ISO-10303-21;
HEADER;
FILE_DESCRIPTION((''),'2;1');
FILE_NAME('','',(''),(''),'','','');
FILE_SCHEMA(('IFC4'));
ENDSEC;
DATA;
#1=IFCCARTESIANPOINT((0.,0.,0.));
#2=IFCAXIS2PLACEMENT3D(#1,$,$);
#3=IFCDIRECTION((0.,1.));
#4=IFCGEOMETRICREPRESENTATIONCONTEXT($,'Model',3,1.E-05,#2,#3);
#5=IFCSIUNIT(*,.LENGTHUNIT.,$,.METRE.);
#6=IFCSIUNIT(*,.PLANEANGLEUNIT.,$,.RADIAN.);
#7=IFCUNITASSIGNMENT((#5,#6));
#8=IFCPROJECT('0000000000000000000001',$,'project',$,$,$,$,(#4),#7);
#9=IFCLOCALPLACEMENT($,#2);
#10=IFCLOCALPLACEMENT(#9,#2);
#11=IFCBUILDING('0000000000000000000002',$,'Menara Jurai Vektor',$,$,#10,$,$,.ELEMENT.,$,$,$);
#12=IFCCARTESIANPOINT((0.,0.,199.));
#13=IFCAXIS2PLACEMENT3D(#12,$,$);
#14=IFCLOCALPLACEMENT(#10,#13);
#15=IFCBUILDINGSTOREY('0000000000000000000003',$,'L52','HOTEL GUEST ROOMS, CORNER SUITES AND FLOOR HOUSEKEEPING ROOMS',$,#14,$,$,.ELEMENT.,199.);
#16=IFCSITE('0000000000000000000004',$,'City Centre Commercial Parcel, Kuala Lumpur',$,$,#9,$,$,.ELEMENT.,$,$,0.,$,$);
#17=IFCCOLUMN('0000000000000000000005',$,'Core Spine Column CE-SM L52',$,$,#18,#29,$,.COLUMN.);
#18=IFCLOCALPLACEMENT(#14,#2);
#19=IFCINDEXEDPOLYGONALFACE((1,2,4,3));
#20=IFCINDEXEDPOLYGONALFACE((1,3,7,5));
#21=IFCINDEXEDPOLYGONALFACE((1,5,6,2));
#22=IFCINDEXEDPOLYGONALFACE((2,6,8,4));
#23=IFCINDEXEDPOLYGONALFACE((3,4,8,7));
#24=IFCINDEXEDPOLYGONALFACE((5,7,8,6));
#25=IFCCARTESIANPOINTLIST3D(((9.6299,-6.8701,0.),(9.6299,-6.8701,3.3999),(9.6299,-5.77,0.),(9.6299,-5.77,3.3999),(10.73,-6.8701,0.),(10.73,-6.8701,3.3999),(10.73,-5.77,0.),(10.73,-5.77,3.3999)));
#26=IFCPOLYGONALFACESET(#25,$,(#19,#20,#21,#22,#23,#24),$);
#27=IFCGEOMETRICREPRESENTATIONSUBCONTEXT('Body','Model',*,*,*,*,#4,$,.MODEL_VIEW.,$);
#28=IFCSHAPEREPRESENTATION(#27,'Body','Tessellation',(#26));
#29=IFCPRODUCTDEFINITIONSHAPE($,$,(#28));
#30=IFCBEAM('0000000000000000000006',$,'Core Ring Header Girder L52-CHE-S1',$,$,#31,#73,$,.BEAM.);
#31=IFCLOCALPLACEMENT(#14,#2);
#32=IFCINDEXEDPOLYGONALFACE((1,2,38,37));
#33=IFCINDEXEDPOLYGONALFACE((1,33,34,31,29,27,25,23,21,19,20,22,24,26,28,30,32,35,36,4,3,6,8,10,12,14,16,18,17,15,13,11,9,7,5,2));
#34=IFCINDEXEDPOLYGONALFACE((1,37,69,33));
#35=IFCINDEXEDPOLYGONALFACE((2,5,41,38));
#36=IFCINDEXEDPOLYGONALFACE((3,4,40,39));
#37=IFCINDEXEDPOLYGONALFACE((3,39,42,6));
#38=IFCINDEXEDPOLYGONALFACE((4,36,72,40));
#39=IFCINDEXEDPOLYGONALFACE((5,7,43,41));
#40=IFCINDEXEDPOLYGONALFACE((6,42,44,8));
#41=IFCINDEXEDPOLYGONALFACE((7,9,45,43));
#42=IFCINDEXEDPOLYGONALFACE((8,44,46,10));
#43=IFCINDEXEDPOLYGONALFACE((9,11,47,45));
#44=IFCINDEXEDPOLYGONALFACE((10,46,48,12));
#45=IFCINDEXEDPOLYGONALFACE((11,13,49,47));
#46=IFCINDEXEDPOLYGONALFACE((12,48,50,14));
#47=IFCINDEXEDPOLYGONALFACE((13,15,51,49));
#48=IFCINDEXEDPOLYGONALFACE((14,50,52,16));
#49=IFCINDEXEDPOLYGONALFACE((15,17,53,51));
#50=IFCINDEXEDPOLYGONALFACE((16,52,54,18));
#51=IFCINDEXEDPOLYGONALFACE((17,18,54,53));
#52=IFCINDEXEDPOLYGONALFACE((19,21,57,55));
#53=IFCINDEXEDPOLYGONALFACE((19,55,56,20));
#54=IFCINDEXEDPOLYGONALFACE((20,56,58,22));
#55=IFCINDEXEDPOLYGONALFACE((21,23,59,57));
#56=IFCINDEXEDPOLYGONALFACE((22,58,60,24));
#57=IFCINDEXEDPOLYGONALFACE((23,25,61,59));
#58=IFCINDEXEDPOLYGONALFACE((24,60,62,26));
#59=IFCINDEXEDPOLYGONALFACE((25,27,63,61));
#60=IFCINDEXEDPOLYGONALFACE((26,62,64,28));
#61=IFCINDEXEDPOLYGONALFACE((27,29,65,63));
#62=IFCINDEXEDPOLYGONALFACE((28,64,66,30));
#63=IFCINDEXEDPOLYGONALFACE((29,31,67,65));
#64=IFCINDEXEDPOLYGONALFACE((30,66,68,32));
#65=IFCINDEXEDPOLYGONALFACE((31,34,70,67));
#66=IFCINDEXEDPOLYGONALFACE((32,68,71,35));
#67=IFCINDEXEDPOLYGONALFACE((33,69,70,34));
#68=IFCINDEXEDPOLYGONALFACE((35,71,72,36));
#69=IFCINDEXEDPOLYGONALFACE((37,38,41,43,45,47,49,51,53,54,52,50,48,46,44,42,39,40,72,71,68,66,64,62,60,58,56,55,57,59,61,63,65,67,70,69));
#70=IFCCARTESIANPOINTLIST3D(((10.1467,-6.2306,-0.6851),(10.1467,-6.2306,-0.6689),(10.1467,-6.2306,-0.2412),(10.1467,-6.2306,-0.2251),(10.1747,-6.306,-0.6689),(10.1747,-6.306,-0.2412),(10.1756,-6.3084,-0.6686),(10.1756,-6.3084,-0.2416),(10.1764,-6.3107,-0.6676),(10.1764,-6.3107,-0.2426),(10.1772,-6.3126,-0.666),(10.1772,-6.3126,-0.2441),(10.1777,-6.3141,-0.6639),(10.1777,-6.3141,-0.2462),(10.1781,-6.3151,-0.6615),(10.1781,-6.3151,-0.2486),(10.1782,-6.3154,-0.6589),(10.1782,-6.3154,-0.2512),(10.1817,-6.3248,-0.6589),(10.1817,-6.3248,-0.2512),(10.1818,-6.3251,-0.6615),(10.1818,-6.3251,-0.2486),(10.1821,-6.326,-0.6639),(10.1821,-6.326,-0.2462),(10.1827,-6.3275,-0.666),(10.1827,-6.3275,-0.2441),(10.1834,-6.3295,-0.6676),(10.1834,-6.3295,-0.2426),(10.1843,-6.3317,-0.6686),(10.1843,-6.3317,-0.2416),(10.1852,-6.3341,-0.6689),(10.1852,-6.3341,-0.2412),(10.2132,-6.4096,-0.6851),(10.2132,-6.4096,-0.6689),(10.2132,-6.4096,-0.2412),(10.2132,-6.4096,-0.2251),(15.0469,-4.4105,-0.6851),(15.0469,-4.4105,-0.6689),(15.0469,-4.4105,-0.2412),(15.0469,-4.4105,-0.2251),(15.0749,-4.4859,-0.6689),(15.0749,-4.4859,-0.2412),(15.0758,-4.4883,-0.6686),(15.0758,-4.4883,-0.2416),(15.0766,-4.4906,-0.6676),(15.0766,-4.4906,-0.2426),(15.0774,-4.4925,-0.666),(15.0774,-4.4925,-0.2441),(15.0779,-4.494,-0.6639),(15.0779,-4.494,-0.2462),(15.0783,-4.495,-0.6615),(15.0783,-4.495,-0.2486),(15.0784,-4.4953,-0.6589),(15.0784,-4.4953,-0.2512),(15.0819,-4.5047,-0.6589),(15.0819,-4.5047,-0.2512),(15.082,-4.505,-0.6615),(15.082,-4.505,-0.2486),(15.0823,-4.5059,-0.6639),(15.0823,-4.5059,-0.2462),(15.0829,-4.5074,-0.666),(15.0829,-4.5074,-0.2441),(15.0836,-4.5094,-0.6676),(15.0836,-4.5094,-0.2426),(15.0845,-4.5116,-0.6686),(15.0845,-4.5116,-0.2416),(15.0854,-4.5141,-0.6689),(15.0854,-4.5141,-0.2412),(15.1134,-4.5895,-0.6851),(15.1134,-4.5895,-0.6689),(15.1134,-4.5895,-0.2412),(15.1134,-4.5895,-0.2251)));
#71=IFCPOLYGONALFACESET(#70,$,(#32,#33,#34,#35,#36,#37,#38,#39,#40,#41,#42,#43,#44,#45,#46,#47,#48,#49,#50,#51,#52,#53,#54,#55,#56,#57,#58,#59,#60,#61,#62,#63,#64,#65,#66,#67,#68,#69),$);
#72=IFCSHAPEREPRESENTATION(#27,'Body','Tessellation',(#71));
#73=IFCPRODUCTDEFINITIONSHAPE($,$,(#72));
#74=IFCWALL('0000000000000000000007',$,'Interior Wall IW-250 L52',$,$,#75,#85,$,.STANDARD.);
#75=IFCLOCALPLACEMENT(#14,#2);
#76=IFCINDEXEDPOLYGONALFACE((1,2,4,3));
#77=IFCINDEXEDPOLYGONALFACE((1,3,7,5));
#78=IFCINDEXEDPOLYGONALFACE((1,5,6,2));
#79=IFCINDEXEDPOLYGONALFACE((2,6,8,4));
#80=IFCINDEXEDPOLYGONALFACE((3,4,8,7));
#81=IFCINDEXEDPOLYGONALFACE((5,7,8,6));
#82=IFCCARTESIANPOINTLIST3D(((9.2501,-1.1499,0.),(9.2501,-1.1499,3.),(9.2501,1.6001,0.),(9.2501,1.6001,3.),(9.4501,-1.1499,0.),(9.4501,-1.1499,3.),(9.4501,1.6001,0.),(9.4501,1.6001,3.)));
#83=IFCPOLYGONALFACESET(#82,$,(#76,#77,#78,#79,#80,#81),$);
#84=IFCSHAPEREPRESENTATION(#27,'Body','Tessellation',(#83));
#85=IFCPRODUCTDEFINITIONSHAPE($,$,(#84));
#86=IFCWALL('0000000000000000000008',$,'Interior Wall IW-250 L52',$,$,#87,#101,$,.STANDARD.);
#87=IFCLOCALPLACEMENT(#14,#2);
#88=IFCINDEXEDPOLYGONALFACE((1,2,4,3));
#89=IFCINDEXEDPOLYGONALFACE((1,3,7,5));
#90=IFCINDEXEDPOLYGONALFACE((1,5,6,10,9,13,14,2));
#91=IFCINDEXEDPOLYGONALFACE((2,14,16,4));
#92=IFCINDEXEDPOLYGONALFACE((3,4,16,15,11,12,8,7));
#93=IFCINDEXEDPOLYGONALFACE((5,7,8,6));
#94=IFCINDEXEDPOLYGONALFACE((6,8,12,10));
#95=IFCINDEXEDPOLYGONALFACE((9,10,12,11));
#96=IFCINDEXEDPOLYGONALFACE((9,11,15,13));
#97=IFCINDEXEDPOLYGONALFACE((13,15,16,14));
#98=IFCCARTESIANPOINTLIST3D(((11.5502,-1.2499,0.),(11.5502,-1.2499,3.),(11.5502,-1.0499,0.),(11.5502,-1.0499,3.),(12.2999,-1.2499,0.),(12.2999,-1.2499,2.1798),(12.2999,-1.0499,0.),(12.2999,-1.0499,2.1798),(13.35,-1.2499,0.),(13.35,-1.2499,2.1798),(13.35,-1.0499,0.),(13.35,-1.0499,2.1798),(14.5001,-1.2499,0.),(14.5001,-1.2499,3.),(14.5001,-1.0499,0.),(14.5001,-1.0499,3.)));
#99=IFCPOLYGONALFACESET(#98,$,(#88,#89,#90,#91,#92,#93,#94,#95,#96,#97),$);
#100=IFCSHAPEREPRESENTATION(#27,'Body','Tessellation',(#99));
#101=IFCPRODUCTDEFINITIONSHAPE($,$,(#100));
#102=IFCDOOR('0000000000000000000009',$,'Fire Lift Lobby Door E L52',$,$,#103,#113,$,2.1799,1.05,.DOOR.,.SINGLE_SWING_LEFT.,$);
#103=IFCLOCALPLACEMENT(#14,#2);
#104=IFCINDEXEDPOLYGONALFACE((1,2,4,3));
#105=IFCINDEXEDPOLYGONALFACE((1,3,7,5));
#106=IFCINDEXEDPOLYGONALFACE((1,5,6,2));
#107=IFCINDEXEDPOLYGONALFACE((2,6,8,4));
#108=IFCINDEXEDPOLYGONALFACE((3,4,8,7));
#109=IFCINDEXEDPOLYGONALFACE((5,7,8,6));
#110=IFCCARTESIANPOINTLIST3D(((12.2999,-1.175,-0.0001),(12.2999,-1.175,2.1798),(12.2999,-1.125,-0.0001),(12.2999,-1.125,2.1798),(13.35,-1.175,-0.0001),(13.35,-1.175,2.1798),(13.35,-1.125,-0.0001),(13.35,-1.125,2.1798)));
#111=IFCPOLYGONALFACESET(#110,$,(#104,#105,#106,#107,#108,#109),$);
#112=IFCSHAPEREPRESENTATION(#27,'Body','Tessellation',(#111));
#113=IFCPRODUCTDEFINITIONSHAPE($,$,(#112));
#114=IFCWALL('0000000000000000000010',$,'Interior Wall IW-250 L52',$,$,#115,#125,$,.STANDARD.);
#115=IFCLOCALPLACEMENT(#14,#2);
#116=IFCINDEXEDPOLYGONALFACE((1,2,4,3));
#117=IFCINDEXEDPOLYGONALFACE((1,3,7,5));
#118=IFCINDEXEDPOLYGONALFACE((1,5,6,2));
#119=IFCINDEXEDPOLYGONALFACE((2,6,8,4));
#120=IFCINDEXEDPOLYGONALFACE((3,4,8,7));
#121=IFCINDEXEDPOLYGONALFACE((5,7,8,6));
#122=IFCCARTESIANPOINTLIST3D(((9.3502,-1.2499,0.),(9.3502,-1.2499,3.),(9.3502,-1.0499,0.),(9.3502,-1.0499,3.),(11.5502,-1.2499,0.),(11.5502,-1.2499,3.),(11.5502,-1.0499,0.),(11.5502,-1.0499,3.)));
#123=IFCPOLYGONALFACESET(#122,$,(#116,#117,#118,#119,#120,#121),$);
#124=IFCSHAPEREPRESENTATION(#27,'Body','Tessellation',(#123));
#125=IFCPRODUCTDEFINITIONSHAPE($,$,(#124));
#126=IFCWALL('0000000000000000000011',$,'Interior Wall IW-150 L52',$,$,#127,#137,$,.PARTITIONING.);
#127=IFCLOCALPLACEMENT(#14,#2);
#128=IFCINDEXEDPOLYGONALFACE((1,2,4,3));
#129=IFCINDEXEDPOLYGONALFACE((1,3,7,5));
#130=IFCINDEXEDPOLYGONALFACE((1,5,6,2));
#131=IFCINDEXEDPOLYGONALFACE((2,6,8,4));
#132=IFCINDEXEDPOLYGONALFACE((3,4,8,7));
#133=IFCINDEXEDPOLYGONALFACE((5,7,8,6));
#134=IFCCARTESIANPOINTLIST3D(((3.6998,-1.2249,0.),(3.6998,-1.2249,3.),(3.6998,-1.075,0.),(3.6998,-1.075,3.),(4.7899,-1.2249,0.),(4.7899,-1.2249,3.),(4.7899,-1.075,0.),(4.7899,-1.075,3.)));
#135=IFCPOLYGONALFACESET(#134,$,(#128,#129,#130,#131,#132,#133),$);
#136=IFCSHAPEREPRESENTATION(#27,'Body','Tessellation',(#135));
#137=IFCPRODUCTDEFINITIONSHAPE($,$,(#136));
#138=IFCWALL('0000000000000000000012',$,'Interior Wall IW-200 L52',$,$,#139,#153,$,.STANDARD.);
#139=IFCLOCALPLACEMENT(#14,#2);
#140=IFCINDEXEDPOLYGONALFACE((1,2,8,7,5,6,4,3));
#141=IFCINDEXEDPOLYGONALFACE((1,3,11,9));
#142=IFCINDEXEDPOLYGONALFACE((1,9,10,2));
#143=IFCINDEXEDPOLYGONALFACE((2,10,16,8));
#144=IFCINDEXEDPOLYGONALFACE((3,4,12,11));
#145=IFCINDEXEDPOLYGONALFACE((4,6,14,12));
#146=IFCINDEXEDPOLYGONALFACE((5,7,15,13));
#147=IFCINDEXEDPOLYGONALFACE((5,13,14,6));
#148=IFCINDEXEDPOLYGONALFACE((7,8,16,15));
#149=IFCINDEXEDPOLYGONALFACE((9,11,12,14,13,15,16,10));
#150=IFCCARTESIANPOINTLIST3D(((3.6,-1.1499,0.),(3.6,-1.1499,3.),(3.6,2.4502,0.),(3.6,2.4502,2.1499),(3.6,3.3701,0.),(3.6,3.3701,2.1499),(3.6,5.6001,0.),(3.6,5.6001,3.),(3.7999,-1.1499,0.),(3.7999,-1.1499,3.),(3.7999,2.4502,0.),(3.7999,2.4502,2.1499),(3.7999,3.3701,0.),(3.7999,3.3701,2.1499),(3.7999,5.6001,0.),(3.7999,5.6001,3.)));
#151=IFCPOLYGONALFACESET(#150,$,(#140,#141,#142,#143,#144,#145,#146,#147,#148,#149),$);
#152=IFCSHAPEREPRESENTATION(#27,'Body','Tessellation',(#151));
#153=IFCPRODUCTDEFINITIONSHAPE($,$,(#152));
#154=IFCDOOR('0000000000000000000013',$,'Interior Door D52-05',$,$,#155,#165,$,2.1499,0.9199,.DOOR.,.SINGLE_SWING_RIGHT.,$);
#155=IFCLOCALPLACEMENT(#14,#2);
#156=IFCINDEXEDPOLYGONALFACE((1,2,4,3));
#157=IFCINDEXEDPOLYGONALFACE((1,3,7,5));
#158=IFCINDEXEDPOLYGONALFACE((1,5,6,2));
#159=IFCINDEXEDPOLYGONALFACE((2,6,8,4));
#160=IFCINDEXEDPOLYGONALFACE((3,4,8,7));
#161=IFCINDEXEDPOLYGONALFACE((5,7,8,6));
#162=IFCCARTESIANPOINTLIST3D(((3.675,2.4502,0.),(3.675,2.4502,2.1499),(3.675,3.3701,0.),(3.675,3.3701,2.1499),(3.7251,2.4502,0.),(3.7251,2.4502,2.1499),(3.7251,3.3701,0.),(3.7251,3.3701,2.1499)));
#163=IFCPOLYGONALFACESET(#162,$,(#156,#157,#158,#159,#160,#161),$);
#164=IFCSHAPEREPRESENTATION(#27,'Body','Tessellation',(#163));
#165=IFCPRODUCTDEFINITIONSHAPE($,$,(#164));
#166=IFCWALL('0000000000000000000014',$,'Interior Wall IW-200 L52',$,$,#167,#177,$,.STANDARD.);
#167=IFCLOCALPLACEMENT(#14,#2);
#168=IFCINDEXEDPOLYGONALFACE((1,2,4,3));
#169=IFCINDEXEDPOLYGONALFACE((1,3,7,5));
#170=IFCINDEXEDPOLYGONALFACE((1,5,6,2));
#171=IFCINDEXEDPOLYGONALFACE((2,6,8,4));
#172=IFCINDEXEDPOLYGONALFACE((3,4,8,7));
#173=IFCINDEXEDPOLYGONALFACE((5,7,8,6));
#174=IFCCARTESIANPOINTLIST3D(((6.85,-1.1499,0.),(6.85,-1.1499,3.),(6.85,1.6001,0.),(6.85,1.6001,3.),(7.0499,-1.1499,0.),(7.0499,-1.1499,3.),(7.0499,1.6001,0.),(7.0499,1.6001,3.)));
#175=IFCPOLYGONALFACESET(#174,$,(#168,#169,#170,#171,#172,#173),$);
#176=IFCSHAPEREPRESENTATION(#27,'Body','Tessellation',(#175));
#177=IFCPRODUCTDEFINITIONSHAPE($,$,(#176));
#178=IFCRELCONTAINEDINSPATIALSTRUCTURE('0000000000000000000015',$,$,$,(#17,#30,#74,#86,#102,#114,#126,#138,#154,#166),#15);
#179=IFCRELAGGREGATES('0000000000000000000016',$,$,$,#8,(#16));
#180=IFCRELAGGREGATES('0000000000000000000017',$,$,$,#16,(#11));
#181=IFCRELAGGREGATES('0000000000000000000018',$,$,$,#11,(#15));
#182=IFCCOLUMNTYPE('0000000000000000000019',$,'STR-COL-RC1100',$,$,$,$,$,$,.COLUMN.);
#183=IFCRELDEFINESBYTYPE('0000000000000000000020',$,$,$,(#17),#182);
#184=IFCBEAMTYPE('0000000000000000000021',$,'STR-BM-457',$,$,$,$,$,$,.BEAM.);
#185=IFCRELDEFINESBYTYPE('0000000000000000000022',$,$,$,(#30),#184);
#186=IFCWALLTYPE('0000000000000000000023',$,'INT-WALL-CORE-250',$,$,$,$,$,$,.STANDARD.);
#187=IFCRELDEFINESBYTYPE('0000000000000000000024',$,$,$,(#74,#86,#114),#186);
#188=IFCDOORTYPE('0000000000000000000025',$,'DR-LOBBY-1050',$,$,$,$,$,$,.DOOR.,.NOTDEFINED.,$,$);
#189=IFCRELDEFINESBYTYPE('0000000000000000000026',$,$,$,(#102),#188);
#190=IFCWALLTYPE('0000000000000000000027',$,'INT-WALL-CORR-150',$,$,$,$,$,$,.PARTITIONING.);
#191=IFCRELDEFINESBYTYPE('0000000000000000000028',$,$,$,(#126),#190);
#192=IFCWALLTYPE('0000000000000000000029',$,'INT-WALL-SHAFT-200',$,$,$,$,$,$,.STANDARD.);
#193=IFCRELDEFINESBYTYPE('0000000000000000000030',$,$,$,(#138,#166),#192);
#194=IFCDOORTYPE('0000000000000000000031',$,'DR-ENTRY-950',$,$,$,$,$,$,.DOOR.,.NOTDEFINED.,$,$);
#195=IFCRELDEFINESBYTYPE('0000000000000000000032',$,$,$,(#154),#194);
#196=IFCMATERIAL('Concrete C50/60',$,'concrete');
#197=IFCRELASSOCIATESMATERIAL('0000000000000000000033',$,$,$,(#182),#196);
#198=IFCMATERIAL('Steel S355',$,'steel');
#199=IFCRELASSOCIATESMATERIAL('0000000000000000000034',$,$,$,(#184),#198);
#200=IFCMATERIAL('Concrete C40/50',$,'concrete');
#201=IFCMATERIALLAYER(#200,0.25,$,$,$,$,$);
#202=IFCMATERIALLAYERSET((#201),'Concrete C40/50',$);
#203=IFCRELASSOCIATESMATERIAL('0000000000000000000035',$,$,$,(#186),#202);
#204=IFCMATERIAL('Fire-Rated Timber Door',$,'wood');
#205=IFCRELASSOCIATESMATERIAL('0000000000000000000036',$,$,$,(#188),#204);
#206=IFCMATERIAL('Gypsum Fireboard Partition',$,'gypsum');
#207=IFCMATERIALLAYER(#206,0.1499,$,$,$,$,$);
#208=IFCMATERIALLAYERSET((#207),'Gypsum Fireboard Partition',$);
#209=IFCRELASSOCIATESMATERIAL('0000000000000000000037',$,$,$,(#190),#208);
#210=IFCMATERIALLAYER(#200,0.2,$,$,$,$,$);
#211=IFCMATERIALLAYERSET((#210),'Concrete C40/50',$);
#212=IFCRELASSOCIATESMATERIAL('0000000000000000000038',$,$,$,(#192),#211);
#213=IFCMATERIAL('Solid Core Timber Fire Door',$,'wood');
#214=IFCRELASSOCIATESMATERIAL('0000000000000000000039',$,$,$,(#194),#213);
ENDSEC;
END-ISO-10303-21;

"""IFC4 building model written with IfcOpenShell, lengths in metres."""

from ifc_helpers import new_model, si_unit, direction, frame, frame_2d, origin, origin_2d, place, context, subcontext, project, spatial, rectangle, i_section, extrude, material, layer, layer_set, material_profile, profile_set, type_object, element, fill, save


model = new_model("IFC4")

# Units and contexts
model_context = context("Model", 3, precision=1e-05, world=origin(), true_north=direction((0.0, 1.0)))
body_context = subcontext(model_context, "Body", "Model", "MODEL_VIEW")
ifc_project = project(units=[si_unit("LENGTHUNIT", "METRE"), si_unit("PLANEANGLEUNIT", "RADIAN")], contexts=[model_context])

# Site, building, storey
site_placement = place(None, origin())
site = spatial("IfcSite", under=ifc_project, at=site_placement, Name="City Centre Commercial Parcel, Kuala Lumpur", CompositionType="ELEMENT", RefElevation=0.0)
building_placement = place(site_placement, origin())
building = spatial("IfcBuilding", under=site, at=building_placement, Name="Menara Jurai Vektor", CompositionType="ELEMENT")
storey_placement = place(building_placement, frame((0.0, 0.0, 199.0)))
storey = spatial("IfcBuildingStorey", under=building, at=storey_placement, Name="L52", Description="HOTEL GUEST ROOMS, CORNER SUITES AND FLOOR HOUSEKEEPING ROOMS", CompositionType="ELEMENT", Elevation=199.0)

# Column
ifc_material_1 = material(Name="Concrete C50/60", Category="concrete")
ifc_material_profile_1 = material_profile(ifc_material_1, rectangle(XDim=1.1001, YDim=1.1001, at=origin_2d()), Name="RC 1100x1100")
ifc_profile_set_1 = profile_set([ifc_material_profile_1], Name="Concrete C50/60")
column_type = type_object("IfcColumnType", Name="STR-COL-RC1100", PredefinedType="COLUMN", material=ifc_profile_set_1)
column_placement = place(storey_placement, frame((10.1799, -6.3201, 0.0), z_axis=(0.0, 0.0, 1.0), x_axis=(1.0, 0.0, 0.0)))
element("IfcColumn", 1, at=column_placement, inside=storey, type_object=column_type, Name="Core Spine Column CE-SM L52", PredefinedType="COLUMN", context=body_context, shape_type="SweptSolid", body=[
    extrude(rectangle(XDim=1.1001, YDim=1.1001, at=origin_2d()), origin(), (0.0, 0.0, 1.0), 3.3999),
])

# Beam
ifc_material_2 = material(Name="Steel S355", Category="steel")
ifc_material_profile_2 = material_profile(ifc_material_2, i_section(OverallWidth=0.1909, OverallDepth=0.46, WebThickness=0.01, FlangeThickness=0.0161, FilletRadius=0.01, at=origin_2d()), Name="UKB 457x191x82")
ifc_profile_set_2 = profile_set([ifc_material_profile_2], Name="Steel S355")
beam_type = type_object("IfcBeamType", Name="STR-BM-457", PredefinedType="BEAM", material=ifc_profile_set_2)
beam_placement = place(storey_placement, frame((10.1799, -6.3201, -0.4551), z_axis=(0.937424, 0.348189, 0.0), x_axis=(-0.348189, 0.937424, 0.0)))
element("IfcBeam", 2, at=beam_placement, inside=storey, type_object=beam_type, Name="Core Ring Header Girder L52-CHE-S1", PredefinedType="BEAM", context=body_context, shape_type="SweptSolid", body=[
    extrude(i_section(OverallWidth=0.1909, OverallDepth=0.46, WebThickness=0.01, FlangeThickness=0.0161, FilletRadius=0.01, at=origin_2d()), origin(), (0.0, 0.0, 1.0), 5.2273),
])

# Shared definitions
ifc_material_3 = material(Name="Concrete C40/50", Category="concrete")
ifc_layer_1 = layer(ifc_material_3, 0.25)
ifc_layer_set_1 = layer_set([ifc_layer_1], Name="Concrete C40/50")
wall_type_1 = type_object("IfcWallType", Name="INT-WALL-CORE-250", PredefinedType="STANDARD", material=ifc_layer_set_1)

# Wall
wall_1_placement = place(storey_placement, frame((9.3501, -1.1499, 0.0), z_axis=(0.0, 0.0, 1.0), x_axis=(0.0, 1.0, 0.0)))
element("IfcWall", 3, at=wall_1_placement, inside=storey, type_object=wall_type_1, Name="Interior Wall IW-250 L52", PredefinedType="STANDARD", context=body_context, shape_type="SweptSolid", body=[
    extrude(rectangle(XDim=2.75, YDim=0.2, at=frame_2d((1.375, 0.0))), origin(), (0.0, 0.0, 1.0), 3.0),
])

# Wall, opening, door
wall_2_placement = place(storey_placement, frame((11.55, -1.1499, 0.0), z_axis=(0.0, 0.0, 1.0), x_axis=(1.0, 0.0, 0.0)))
wall_2 = element("IfcWall", 4, at=wall_2_placement, inside=storey, type_object=wall_type_1, Name="Interior Wall IW-250 L52", PredefinedType="STANDARD", context=body_context, shape_type="SweptSolid", body=[
    extrude(rectangle(XDim=2.95, YDim=0.2, at=frame_2d((1.4751, 0.0))), origin(), (0.0, 0.0, 1.0), 3.0),
])
opening_1_placement = place(wall_2_placement, frame((0.75, 0.0, 0.0)))
opening_1 = element("IfcOpeningElement", 5, at=opening_1_placement, cuts=wall_2, PredefinedType="OPENING", context=body_context, shape_type="SweptSolid", body=[
    extrude(rectangle(XDim=1.05, YDim=2.1799, at=frame_2d((0.5249, 1.0898))), frame((0.0, 0.1099, 0.0), z_axis=(0.0, -1.0, 0.0), x_axis=(1.0, 0.0, 0.0)), (0.0, 0.0, 1.0), 0.22),
])
ifc_material_4 = material(Name="Fire-Rated Timber Door", Category="wood")
door_type_1 = type_object("IfcDoorType", Name="DR-LOBBY-1050", OperationType="NOTDEFINED", PredefinedType="DOOR", material=ifc_material_4)
door_1_placement = place(opening_1_placement, origin())
door_1 = element("IfcDoor", 6, at=door_1_placement, inside=storey, type_object=door_type_1, Name="Fire Lift Lobby Door E L52", OperationType="SINGLE_SWING_LEFT", OverallHeight=2.1799, OverallWidth=1.05, PredefinedType="DOOR", context=body_context, shape_type="SweptSolid", body=[
    extrude(rectangle(XDim=1.05, YDim=2.1799, at=frame_2d((0.5249, 1.0898))), frame((0.0, 0.0249, 0.0), z_axis=(0.0, -1.0, 0.0), x_axis=(1.0, 0.0, 0.0)), (0.0, 0.0, 1.0), 0.05),
])
fill(opening_1, door_1)

# Walls
wall_3_placement = place(storey_placement, frame((9.3501, -1.1499, 0.0), z_axis=(0.0, 0.0, 1.0), x_axis=(1.0, 0.0, 0.0)))
element("IfcWall", 7, at=wall_3_placement, inside=storey, type_object=wall_type_1, Name="Interior Wall IW-250 L52", PredefinedType="STANDARD", context=body_context, shape_type="SweptSolid", body=[
    extrude(rectangle(XDim=2.2, YDim=0.2, at=frame_2d((1.1001, 0.0))), origin(), (0.0, 0.0, 1.0), 3.0),
])
ifc_material_5 = material(Name="Gypsum Fireboard Partition", Category="gypsum")
ifc_layer_2 = layer(ifc_material_5, 0.1499)
ifc_layer_set_2 = layer_set([ifc_layer_2], Name="Gypsum Fireboard Partition")
wall_type_2 = type_object("IfcWallType", Name="INT-WALL-CORR-150", PredefinedType="PARTITIONING", material=ifc_layer_set_2)
wall_4_placement = place(storey_placement, frame((3.7, -1.1499, 0.0), z_axis=(0.0, 0.0, 1.0), x_axis=(1.0, 0.0, 0.0)))
element("IfcWall", 8, at=wall_4_placement, inside=storey, type_object=wall_type_2, Name="Interior Wall IW-150 L52", PredefinedType="PARTITIONING", context=body_context, shape_type="SweptSolid", body=[
    extrude(rectangle(XDim=1.0901, YDim=0.1499, at=frame_2d((0.5449, 0.0))), origin(), (0.0, 0.0, 1.0), 3.0),
])

# Wall, opening, door
ifc_layer_3 = layer(ifc_material_3, 0.2)
ifc_layer_set_3 = layer_set([ifc_layer_3], Name="Concrete C40/50")
wall_type_3 = type_object("IfcWallType", Name="INT-WALL-SHAFT-200", PredefinedType="STANDARD", material=ifc_layer_set_3)
wall_5_placement = place(storey_placement, frame((3.7, -1.1499, 0.0), z_axis=(0.0, 0.0, 1.0), x_axis=(0.0, 1.0, 0.0)))
wall_5 = element("IfcWall", 9, at=wall_5_placement, inside=storey, type_object=wall_type_3, Name="Interior Wall IW-200 L52", PredefinedType="STANDARD", context=body_context, shape_type="SweptSolid", body=[
    extrude(rectangle(XDim=6.75, YDim=0.2, at=frame_2d((3.375, 0.0))), origin(), (0.0, 0.0, 1.0), 3.0),
])
opening_2_placement = place(wall_5_placement, frame((3.6001, 0.0, 0.0)))
opening_2 = element("IfcOpeningElement", 10, at=opening_2_placement, cuts=wall_5, PredefinedType="OPENING", context=body_context, shape_type="SweptSolid", body=[
    extrude(rectangle(XDim=0.9199, YDim=2.1499, at=frame_2d((0.46, 1.075))), frame((0.0, 0.1099, 0.0), z_axis=(0.0, -1.0, 0.0), x_axis=(1.0, 0.0, 0.0)), (0.0, 0.0, 1.0), 0.22),
])
ifc_material_6 = material(Name="Solid Core Timber Fire Door", Category="wood")
door_type_2 = type_object("IfcDoorType", Name="DR-ENTRY-950", OperationType="NOTDEFINED", PredefinedType="DOOR", material=ifc_material_6)
door_2_placement = place(opening_2_placement, origin())
door_2 = element("IfcDoor", 11, at=door_2_placement, inside=storey, type_object=door_type_2, Name="Interior Door D52-05", OperationType="SINGLE_SWING_RIGHT", OverallHeight=2.1499, OverallWidth=0.9199, PredefinedType="DOOR", context=body_context, shape_type="SweptSolid", body=[
    extrude(rectangle(XDim=0.9199, YDim=2.1499, at=frame_2d((0.46, 1.075))), frame((0.0, 0.0249, 0.0), z_axis=(0.0, -1.0, 0.0), x_axis=(1.0, 0.0, 0.0)), (0.0, 0.0, 1.0), 0.05),
])
fill(opening_2, door_2)

# Wall
wall_6_placement = place(storey_placement, frame((6.95, -1.1499, 0.0), z_axis=(0.0, 0.0, 1.0), x_axis=(0.0, 1.0, 0.0)))
element("IfcWall", 12, at=wall_6_placement, inside=storey, type_object=wall_type_3, Name="Interior Wall IW-200 L52", PredefinedType="STANDARD", context=body_context, shape_type="SweptSolid", body=[
    extrude(rectangle(XDim=2.75, YDim=0.2, at=frame_2d((1.375, 0.0))), origin(), (0.0, 0.0, 1.0), 3.0),
])

save(model, "model.ifc")
